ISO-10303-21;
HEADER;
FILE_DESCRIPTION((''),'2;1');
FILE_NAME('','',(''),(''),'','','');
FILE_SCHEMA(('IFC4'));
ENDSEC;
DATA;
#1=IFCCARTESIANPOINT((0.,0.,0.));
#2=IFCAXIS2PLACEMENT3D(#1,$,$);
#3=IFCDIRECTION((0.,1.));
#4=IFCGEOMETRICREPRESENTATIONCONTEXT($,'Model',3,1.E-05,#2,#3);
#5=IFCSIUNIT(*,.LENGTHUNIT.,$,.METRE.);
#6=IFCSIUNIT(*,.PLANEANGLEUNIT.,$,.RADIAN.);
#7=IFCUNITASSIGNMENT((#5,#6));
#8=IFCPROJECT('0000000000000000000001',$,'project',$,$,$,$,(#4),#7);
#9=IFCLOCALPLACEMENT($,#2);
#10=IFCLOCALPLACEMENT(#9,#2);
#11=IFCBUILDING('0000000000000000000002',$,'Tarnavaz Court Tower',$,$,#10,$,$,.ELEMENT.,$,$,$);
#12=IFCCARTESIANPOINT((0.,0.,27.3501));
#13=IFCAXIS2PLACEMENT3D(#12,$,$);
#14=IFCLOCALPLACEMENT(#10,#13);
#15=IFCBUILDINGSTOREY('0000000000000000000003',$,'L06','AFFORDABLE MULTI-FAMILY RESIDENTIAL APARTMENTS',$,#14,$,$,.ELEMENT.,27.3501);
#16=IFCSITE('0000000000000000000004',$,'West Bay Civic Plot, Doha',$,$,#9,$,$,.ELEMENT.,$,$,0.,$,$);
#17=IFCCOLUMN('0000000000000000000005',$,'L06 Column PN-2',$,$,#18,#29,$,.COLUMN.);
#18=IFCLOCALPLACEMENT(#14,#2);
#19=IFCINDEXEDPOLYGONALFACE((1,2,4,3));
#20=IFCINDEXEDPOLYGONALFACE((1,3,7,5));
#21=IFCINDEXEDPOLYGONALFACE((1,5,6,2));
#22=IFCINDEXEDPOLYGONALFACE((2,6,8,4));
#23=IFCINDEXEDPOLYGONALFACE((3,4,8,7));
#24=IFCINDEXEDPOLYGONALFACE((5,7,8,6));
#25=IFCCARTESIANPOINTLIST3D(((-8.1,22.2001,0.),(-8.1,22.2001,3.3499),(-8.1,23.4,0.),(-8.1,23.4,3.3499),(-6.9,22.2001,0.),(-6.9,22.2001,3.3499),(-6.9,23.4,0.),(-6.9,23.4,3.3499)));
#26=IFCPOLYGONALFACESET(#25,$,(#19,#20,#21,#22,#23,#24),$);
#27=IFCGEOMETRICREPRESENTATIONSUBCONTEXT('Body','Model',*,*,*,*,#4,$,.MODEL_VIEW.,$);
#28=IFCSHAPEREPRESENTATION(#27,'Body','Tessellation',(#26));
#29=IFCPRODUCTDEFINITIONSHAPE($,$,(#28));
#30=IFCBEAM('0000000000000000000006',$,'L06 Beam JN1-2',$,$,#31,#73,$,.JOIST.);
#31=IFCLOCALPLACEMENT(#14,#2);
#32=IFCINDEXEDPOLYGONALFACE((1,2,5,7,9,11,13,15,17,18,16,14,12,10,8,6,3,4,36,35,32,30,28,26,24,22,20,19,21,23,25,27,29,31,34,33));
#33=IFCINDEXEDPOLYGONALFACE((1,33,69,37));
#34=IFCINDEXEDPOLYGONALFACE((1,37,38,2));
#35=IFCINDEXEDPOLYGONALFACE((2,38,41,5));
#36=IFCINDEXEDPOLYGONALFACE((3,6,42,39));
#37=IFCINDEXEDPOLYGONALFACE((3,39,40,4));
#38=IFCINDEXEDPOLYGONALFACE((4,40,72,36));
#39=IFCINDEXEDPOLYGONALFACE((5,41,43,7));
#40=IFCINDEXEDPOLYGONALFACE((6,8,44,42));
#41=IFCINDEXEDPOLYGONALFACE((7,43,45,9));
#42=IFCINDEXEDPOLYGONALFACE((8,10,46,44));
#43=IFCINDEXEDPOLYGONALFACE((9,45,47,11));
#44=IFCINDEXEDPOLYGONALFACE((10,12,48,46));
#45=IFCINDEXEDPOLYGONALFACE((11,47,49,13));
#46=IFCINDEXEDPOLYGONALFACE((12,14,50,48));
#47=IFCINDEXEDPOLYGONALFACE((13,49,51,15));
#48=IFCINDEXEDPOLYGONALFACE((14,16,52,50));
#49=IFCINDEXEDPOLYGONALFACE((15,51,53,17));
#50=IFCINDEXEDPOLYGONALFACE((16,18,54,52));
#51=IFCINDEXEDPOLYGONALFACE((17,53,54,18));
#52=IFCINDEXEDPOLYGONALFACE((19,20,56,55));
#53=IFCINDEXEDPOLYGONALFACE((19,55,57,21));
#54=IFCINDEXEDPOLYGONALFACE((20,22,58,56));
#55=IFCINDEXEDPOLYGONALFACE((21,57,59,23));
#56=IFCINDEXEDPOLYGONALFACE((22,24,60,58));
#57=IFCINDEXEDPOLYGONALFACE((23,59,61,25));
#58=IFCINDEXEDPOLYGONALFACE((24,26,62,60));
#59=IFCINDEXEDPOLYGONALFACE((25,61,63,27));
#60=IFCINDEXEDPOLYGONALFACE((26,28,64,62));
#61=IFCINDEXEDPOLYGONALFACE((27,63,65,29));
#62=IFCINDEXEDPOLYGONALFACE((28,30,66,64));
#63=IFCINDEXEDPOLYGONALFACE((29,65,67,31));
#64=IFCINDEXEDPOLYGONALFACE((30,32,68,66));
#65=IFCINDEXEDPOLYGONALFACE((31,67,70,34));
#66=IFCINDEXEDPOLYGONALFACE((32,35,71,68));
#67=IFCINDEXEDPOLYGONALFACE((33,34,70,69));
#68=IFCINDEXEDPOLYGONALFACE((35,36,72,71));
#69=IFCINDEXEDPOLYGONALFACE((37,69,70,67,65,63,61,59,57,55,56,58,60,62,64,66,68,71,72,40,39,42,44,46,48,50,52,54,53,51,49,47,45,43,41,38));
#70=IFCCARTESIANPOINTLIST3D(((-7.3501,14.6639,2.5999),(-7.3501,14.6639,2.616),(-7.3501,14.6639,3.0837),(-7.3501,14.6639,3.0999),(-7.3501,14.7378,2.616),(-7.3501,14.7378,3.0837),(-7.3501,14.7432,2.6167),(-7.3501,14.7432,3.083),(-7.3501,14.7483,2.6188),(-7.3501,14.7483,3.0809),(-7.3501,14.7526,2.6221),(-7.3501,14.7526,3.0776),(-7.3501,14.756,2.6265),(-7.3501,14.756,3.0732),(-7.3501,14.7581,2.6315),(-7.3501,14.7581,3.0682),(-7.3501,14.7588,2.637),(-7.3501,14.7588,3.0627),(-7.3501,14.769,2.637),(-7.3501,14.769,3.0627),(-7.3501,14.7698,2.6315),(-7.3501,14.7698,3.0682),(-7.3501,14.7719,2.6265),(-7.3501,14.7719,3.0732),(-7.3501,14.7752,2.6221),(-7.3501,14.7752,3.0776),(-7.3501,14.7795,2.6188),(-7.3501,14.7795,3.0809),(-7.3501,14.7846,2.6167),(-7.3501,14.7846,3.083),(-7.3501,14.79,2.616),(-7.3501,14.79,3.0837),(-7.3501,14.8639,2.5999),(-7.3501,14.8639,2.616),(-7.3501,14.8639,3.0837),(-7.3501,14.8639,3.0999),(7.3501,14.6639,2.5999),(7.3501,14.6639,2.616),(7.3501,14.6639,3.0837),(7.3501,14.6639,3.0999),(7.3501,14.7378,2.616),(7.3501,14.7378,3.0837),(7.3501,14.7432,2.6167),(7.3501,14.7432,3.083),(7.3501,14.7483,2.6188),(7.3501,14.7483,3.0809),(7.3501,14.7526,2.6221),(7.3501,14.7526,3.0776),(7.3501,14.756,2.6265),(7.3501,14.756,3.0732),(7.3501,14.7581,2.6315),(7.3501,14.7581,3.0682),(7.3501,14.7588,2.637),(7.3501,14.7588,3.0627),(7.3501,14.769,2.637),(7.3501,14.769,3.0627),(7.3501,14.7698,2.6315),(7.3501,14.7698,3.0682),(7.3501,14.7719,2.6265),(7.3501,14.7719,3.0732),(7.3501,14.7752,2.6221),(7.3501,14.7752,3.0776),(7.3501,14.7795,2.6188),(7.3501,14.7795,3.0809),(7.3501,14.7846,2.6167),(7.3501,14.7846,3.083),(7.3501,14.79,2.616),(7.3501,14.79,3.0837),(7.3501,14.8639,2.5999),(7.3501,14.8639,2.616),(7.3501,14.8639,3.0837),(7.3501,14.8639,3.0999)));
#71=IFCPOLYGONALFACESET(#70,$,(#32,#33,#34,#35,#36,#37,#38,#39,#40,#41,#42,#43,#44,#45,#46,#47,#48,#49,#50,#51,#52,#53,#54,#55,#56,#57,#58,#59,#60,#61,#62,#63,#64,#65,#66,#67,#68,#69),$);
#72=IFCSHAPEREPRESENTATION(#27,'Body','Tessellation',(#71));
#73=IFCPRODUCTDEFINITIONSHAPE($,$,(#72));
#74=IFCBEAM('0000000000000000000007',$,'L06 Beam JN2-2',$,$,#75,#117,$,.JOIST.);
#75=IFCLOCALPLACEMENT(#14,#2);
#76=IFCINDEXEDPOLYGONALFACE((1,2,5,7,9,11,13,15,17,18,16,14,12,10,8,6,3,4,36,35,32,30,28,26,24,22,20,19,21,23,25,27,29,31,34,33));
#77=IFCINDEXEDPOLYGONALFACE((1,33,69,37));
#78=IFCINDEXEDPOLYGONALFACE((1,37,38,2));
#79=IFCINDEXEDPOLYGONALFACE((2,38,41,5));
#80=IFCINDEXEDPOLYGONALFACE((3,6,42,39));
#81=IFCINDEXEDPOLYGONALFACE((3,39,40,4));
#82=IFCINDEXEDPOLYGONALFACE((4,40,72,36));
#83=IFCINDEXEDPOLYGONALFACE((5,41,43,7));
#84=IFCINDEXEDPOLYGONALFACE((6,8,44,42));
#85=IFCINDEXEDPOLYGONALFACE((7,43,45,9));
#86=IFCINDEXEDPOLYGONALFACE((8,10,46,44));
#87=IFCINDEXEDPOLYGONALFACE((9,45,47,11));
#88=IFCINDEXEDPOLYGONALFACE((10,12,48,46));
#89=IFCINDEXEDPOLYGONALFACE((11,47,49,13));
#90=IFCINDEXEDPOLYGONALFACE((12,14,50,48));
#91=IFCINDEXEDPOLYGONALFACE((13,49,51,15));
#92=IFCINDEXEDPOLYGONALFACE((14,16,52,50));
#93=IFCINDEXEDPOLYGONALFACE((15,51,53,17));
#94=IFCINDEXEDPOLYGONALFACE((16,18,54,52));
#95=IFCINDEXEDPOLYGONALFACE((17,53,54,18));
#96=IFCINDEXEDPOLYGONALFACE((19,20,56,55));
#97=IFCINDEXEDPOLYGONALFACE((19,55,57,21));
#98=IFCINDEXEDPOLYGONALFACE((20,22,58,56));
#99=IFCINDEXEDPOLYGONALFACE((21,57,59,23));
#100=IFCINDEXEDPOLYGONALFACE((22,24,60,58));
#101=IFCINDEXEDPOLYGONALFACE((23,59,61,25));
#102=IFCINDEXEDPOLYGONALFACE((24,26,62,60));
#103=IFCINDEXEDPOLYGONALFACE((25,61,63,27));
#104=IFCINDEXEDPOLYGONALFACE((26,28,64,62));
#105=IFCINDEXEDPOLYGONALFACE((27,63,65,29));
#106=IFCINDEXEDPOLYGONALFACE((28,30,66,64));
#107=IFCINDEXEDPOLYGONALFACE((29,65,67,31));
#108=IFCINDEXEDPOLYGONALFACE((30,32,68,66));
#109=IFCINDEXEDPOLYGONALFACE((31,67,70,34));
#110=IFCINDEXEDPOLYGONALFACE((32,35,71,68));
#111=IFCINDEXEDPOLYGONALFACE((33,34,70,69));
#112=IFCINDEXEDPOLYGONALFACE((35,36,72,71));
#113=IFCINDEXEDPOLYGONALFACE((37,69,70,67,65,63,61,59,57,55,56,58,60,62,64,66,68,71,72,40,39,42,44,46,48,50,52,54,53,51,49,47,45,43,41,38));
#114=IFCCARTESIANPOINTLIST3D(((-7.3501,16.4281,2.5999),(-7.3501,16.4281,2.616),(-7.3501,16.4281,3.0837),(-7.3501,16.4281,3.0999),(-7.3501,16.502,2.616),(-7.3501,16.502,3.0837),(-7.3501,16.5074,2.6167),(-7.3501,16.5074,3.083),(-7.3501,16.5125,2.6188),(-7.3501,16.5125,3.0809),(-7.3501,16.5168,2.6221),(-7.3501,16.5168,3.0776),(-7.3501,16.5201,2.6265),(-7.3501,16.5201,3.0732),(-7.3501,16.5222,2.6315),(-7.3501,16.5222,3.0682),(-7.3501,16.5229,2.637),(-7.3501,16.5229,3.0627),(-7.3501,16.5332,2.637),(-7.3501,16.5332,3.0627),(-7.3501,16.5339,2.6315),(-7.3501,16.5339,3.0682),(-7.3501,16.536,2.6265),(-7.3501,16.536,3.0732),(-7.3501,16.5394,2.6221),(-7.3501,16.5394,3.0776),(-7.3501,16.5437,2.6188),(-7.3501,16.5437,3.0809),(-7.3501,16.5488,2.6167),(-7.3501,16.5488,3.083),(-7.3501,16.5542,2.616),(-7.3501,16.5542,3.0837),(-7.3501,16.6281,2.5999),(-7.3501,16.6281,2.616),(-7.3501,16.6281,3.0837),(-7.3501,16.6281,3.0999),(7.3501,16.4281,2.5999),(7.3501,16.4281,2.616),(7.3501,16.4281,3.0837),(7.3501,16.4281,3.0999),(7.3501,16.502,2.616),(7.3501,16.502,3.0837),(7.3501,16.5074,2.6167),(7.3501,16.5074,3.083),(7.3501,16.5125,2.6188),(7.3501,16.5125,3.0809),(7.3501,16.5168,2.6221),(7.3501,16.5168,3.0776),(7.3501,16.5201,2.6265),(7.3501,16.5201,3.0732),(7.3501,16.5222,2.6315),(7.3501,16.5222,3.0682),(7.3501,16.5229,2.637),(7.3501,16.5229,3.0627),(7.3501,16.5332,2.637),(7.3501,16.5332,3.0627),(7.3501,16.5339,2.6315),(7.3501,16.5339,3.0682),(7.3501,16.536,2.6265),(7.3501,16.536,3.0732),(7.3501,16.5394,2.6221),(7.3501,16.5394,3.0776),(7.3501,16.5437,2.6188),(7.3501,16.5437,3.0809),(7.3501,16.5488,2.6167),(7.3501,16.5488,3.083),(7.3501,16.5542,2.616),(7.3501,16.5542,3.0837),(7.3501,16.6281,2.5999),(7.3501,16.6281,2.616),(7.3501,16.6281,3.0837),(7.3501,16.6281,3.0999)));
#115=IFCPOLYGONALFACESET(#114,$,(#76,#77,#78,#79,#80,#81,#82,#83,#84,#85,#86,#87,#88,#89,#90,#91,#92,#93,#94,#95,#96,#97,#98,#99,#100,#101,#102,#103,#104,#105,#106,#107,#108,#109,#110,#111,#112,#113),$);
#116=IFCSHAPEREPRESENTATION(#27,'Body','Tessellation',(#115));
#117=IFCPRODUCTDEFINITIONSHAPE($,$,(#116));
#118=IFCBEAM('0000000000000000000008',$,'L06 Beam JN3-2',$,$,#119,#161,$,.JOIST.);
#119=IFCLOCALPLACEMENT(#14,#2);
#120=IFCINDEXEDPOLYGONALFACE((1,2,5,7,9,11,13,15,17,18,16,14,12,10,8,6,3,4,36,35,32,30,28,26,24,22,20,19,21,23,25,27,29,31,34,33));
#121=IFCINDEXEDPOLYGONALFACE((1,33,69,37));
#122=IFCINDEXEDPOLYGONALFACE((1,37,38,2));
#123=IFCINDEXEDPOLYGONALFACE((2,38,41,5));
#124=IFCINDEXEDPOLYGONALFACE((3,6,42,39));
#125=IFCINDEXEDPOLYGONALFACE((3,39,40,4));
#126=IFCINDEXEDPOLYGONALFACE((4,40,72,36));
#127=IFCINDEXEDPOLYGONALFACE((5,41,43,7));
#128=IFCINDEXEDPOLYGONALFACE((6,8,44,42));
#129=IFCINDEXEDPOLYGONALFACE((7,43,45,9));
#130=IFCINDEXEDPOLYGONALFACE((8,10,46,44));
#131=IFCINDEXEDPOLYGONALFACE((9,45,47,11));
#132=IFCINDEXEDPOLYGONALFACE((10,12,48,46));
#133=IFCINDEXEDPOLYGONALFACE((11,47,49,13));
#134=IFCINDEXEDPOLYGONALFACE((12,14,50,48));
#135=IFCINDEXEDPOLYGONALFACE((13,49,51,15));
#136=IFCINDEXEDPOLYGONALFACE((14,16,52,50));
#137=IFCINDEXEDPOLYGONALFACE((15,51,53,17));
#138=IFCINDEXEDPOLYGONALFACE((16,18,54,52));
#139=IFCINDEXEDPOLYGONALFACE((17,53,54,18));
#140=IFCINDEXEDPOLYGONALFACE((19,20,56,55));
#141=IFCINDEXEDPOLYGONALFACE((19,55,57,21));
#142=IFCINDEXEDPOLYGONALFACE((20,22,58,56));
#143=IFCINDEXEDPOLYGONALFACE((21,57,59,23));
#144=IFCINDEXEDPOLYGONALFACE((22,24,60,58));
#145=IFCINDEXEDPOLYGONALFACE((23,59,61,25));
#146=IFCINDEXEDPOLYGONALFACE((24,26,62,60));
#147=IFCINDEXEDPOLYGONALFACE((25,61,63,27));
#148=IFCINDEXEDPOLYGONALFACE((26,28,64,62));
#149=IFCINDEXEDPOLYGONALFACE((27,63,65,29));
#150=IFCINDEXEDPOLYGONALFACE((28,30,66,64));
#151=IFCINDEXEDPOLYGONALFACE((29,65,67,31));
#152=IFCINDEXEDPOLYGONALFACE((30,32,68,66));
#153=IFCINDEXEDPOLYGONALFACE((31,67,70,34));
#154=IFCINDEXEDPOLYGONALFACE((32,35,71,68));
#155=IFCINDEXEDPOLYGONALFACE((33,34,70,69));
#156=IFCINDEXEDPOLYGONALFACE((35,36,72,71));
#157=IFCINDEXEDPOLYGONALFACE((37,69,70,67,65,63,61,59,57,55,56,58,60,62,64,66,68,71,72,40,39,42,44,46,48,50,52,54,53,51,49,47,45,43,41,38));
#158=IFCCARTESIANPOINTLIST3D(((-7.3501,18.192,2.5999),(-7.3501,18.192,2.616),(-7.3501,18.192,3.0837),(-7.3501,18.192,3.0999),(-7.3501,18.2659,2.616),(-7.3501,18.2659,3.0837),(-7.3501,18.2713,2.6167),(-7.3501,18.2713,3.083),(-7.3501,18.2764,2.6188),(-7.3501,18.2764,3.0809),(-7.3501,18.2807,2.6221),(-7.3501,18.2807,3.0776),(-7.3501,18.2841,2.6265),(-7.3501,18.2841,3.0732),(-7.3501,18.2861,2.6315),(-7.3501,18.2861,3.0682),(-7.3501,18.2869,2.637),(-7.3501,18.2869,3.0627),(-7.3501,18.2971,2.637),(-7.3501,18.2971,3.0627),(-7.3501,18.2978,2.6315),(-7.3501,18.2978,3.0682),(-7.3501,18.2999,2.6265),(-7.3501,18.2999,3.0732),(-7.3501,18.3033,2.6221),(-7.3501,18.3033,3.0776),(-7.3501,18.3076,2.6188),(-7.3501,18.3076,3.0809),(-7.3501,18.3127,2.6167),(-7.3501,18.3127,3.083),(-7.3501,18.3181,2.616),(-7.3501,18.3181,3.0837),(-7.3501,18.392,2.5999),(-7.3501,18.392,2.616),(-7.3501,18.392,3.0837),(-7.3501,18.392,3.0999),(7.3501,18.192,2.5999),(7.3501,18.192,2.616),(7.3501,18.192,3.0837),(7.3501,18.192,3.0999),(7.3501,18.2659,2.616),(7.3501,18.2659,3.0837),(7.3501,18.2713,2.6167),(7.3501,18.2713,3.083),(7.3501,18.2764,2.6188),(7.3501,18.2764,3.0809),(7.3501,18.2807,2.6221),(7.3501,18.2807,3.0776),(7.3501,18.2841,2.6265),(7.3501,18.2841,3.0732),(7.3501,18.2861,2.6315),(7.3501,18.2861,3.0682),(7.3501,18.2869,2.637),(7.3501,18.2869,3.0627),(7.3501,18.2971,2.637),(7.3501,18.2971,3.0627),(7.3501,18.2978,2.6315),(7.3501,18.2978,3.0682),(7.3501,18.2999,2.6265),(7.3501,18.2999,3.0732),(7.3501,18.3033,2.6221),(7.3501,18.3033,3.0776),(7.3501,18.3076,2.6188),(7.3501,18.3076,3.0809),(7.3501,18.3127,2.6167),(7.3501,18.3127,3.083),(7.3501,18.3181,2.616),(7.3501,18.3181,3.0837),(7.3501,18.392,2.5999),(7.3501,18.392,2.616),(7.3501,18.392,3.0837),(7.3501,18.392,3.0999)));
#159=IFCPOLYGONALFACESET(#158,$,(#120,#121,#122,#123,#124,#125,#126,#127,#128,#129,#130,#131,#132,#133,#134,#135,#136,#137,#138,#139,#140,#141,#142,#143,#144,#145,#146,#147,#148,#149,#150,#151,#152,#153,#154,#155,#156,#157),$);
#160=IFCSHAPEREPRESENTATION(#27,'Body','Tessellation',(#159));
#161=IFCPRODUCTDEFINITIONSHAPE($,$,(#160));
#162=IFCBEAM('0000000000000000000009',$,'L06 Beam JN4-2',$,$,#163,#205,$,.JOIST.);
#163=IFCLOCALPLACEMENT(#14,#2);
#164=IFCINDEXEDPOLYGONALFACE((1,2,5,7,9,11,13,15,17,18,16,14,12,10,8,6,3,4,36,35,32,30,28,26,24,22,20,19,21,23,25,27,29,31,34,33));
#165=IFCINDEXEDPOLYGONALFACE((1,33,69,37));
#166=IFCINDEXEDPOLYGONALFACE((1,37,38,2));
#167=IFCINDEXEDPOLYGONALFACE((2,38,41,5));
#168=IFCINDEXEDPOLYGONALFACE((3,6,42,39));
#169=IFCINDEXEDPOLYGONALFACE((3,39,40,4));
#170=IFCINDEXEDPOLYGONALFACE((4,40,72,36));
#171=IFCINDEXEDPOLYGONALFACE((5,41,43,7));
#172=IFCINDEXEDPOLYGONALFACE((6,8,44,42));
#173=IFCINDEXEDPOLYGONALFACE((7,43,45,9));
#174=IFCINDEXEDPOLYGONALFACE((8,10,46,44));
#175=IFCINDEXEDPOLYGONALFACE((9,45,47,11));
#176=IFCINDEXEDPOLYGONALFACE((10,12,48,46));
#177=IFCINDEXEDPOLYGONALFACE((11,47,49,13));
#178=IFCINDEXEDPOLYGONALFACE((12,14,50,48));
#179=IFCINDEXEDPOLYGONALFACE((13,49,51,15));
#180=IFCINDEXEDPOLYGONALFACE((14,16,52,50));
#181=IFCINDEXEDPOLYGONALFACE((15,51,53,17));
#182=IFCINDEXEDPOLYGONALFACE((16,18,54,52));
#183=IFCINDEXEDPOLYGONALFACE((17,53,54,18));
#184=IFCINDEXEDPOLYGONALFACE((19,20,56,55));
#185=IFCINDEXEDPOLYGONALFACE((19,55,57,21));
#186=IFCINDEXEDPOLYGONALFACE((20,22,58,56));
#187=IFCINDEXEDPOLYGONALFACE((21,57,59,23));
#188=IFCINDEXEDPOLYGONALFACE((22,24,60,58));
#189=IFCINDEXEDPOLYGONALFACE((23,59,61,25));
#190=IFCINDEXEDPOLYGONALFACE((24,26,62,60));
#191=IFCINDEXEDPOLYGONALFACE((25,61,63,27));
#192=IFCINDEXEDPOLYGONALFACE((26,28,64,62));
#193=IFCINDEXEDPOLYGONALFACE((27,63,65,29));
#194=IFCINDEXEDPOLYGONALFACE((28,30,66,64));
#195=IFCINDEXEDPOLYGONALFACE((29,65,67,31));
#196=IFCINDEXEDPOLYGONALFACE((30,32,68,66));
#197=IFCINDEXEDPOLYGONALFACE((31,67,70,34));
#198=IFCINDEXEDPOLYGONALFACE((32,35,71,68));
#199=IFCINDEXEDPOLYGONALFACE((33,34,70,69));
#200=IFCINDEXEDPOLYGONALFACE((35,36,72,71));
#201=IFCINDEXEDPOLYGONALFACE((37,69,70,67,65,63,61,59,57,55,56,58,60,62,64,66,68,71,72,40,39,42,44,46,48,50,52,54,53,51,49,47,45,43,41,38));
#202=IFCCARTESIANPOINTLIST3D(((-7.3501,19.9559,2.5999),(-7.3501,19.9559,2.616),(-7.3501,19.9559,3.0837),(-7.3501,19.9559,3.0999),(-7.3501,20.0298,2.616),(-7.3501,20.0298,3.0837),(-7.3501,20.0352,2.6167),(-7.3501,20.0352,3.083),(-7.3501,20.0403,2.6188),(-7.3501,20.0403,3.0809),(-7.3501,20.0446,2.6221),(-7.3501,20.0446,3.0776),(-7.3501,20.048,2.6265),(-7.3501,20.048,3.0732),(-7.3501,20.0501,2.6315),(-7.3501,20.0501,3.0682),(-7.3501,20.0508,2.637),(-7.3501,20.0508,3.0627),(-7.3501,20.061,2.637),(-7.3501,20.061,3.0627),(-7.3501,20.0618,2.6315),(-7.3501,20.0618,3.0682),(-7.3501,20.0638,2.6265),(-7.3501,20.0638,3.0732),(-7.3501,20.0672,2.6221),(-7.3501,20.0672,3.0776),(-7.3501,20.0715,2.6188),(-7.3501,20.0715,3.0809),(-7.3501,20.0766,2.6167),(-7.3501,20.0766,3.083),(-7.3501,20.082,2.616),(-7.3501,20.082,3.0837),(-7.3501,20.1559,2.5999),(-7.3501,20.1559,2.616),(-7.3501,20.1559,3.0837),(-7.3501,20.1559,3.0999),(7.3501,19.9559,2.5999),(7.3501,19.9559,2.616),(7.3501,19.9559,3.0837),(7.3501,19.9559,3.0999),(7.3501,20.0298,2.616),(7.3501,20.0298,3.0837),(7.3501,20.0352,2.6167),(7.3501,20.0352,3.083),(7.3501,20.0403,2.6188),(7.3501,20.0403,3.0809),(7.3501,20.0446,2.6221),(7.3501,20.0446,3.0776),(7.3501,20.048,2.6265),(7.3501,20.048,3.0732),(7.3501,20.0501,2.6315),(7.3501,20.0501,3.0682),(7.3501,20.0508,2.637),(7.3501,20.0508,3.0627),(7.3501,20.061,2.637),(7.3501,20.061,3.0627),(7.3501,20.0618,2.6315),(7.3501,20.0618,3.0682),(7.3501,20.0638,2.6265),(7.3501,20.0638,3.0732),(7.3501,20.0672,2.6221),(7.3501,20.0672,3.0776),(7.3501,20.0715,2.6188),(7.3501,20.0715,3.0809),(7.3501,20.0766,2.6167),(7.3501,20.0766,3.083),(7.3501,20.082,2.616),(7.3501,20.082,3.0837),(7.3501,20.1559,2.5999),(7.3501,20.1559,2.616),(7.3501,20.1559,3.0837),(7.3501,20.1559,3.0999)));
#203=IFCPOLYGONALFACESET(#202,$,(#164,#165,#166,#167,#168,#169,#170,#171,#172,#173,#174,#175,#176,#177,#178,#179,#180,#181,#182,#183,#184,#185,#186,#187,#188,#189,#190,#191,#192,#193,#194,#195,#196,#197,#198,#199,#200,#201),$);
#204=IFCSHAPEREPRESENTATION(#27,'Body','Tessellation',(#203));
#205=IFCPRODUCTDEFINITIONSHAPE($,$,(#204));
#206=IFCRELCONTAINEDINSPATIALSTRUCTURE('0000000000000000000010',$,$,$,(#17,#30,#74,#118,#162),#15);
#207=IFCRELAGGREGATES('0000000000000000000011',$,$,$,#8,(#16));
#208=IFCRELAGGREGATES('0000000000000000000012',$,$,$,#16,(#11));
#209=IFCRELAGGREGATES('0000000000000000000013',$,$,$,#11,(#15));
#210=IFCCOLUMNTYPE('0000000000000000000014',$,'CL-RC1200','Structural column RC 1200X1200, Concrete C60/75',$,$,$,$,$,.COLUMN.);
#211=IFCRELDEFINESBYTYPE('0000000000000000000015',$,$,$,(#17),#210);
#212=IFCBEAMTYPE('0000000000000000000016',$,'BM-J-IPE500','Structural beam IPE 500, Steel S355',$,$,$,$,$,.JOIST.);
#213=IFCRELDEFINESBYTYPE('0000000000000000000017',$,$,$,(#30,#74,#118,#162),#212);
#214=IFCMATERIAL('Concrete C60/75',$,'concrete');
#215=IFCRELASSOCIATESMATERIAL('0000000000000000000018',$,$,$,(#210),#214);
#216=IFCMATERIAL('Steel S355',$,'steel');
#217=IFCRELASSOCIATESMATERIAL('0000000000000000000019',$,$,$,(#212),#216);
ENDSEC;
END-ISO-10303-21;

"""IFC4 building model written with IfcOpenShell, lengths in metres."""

from ifc_helpers import new_model, si_unit, direction, frame, origin, origin_2d, place, context, subcontext, project, spatial, rectangle, i_section, extrude, material, material_profile, profile_set, type_object, element, save


model = new_model("IFC4")

# Units and contexts
model_context = context("Model", 3, precision=1e-05, world=origin(), true_north=direction((0.0, 1.0)))
body_context = subcontext(model_context, "Body", "Model", "MODEL_VIEW")
ifc_project = project(units=[si_unit("LENGTHUNIT", "METRE"), si_unit("PLANEANGLEUNIT", "RADIAN")], contexts=[model_context])

# Site, building, storey
site_placement = place(None, origin())
site = spatial("IfcSite", under=ifc_project, at=site_placement, Name="West Bay Civic Plot, Doha", CompositionType="ELEMENT", RefElevation=0.0)
building_placement = place(site_placement, origin())
building = spatial("IfcBuilding", under=site, at=building_placement, Name="Tarnavaz Court Tower", CompositionType="ELEMENT")
storey_placement = place(building_placement, frame((0.0, 0.0, 27.3501)))
storey = spatial("IfcBuildingStorey", under=building, at=storey_placement, Name="L06", Description="AFFORDABLE MULTI-FAMILY RESIDENTIAL APARTMENTS", CompositionType="ELEMENT", Elevation=27.3501)

# Column
ifc_material_1 = material(Name="Concrete C60/75", Category="concrete")
ifc_material_profile_1 = material_profile(ifc_material_1, rectangle(XDim=1.2, YDim=1.2, at=origin_2d()), Name="RC 1200X1200")
ifc_profile_set_1 = profile_set([ifc_material_profile_1], Name="Concrete C60/75")
column_type = type_object("IfcColumnType", Name="CL-RC1200", Description="Structural column RC 1200X1200, Concrete C60/75", PredefinedType="COLUMN", material=ifc_profile_set_1)
column_placement = place(storey_placement, frame((-7.5, 22.8, 0.0), z_axis=(0.0, 0.0, 1.0), x_axis=(1.0, 0.0, 0.0)))
element("IfcColumn", 1, at=column_placement, inside=storey, type_object=column_type, Name="L06 Column PN-2", PredefinedType="COLUMN", context=body_context, shape_type="SweptSolid", body=[
    extrude(rectangle(XDim=1.2, YDim=1.2, at=origin_2d()), origin(), (0.0, 0.0, 1.0), 3.3499),
])

# Beams
ifc_material_2 = material(Name="Steel S355", Category="steel")
ifc_material_profile_2 = material_profile(ifc_material_2, i_section(OverallWidth=0.2, OverallDepth=0.5, WebThickness=0.0103, FlangeThickness=0.0161, FilletRadius=0.021, at=origin_2d()), Name="IPE 500")
ifc_profile_set_2 = profile_set([ifc_material_profile_2], Name="Steel S355")
beam_type_1 = type_object("IfcBeamType", Name="BM-J-IPE500", Description="Structural beam IPE 500, Steel S355", PredefinedType="JOIST", material=ifc_profile_set_2)
for number, where, z_axis, x_axis, name in (
    (2, (-7.3501, 14.7639, 2.8499), (1.0, 0.0, 0.0), (0.0, 1.0, 0.0), "L06 Beam JN1-2"),
    (3, (-7.3501, 16.5281, 2.8499), (1.0, 0.0, 0.0), (0.0, 1.0, 0.0), "L06 Beam JN2-2"),
    (4, (-7.3501, 18.292, 2.8499), (1.0, 0.0, 0.0), (0.0, 1.0, 0.0), "L06 Beam JN3-2"),
    (5, (-7.3501, 20.0559, 2.8499), (1.0, 0.0, 0.0), (0.0, 1.0, 0.0), "L06 Beam JN4-2"),
):
    element("IfcBeam", number, at=place(storey_placement, frame(where, z_axis=z_axis, x_axis=x_axis)), inside=storey, type_object=beam_type_1, Name=name, PredefinedType="JOIST", context=body_context, shape_type="SweptSolid", body=[
        extrude(i_section(OverallWidth=0.2, OverallDepth=0.5, WebThickness=0.0103, FlangeThickness=0.0161, FilletRadius=0.021, at=origin_2d()), origin(), (0.0, 0.0, 1.0), 14.7002),
    ])

save(model, "model.ifc")
